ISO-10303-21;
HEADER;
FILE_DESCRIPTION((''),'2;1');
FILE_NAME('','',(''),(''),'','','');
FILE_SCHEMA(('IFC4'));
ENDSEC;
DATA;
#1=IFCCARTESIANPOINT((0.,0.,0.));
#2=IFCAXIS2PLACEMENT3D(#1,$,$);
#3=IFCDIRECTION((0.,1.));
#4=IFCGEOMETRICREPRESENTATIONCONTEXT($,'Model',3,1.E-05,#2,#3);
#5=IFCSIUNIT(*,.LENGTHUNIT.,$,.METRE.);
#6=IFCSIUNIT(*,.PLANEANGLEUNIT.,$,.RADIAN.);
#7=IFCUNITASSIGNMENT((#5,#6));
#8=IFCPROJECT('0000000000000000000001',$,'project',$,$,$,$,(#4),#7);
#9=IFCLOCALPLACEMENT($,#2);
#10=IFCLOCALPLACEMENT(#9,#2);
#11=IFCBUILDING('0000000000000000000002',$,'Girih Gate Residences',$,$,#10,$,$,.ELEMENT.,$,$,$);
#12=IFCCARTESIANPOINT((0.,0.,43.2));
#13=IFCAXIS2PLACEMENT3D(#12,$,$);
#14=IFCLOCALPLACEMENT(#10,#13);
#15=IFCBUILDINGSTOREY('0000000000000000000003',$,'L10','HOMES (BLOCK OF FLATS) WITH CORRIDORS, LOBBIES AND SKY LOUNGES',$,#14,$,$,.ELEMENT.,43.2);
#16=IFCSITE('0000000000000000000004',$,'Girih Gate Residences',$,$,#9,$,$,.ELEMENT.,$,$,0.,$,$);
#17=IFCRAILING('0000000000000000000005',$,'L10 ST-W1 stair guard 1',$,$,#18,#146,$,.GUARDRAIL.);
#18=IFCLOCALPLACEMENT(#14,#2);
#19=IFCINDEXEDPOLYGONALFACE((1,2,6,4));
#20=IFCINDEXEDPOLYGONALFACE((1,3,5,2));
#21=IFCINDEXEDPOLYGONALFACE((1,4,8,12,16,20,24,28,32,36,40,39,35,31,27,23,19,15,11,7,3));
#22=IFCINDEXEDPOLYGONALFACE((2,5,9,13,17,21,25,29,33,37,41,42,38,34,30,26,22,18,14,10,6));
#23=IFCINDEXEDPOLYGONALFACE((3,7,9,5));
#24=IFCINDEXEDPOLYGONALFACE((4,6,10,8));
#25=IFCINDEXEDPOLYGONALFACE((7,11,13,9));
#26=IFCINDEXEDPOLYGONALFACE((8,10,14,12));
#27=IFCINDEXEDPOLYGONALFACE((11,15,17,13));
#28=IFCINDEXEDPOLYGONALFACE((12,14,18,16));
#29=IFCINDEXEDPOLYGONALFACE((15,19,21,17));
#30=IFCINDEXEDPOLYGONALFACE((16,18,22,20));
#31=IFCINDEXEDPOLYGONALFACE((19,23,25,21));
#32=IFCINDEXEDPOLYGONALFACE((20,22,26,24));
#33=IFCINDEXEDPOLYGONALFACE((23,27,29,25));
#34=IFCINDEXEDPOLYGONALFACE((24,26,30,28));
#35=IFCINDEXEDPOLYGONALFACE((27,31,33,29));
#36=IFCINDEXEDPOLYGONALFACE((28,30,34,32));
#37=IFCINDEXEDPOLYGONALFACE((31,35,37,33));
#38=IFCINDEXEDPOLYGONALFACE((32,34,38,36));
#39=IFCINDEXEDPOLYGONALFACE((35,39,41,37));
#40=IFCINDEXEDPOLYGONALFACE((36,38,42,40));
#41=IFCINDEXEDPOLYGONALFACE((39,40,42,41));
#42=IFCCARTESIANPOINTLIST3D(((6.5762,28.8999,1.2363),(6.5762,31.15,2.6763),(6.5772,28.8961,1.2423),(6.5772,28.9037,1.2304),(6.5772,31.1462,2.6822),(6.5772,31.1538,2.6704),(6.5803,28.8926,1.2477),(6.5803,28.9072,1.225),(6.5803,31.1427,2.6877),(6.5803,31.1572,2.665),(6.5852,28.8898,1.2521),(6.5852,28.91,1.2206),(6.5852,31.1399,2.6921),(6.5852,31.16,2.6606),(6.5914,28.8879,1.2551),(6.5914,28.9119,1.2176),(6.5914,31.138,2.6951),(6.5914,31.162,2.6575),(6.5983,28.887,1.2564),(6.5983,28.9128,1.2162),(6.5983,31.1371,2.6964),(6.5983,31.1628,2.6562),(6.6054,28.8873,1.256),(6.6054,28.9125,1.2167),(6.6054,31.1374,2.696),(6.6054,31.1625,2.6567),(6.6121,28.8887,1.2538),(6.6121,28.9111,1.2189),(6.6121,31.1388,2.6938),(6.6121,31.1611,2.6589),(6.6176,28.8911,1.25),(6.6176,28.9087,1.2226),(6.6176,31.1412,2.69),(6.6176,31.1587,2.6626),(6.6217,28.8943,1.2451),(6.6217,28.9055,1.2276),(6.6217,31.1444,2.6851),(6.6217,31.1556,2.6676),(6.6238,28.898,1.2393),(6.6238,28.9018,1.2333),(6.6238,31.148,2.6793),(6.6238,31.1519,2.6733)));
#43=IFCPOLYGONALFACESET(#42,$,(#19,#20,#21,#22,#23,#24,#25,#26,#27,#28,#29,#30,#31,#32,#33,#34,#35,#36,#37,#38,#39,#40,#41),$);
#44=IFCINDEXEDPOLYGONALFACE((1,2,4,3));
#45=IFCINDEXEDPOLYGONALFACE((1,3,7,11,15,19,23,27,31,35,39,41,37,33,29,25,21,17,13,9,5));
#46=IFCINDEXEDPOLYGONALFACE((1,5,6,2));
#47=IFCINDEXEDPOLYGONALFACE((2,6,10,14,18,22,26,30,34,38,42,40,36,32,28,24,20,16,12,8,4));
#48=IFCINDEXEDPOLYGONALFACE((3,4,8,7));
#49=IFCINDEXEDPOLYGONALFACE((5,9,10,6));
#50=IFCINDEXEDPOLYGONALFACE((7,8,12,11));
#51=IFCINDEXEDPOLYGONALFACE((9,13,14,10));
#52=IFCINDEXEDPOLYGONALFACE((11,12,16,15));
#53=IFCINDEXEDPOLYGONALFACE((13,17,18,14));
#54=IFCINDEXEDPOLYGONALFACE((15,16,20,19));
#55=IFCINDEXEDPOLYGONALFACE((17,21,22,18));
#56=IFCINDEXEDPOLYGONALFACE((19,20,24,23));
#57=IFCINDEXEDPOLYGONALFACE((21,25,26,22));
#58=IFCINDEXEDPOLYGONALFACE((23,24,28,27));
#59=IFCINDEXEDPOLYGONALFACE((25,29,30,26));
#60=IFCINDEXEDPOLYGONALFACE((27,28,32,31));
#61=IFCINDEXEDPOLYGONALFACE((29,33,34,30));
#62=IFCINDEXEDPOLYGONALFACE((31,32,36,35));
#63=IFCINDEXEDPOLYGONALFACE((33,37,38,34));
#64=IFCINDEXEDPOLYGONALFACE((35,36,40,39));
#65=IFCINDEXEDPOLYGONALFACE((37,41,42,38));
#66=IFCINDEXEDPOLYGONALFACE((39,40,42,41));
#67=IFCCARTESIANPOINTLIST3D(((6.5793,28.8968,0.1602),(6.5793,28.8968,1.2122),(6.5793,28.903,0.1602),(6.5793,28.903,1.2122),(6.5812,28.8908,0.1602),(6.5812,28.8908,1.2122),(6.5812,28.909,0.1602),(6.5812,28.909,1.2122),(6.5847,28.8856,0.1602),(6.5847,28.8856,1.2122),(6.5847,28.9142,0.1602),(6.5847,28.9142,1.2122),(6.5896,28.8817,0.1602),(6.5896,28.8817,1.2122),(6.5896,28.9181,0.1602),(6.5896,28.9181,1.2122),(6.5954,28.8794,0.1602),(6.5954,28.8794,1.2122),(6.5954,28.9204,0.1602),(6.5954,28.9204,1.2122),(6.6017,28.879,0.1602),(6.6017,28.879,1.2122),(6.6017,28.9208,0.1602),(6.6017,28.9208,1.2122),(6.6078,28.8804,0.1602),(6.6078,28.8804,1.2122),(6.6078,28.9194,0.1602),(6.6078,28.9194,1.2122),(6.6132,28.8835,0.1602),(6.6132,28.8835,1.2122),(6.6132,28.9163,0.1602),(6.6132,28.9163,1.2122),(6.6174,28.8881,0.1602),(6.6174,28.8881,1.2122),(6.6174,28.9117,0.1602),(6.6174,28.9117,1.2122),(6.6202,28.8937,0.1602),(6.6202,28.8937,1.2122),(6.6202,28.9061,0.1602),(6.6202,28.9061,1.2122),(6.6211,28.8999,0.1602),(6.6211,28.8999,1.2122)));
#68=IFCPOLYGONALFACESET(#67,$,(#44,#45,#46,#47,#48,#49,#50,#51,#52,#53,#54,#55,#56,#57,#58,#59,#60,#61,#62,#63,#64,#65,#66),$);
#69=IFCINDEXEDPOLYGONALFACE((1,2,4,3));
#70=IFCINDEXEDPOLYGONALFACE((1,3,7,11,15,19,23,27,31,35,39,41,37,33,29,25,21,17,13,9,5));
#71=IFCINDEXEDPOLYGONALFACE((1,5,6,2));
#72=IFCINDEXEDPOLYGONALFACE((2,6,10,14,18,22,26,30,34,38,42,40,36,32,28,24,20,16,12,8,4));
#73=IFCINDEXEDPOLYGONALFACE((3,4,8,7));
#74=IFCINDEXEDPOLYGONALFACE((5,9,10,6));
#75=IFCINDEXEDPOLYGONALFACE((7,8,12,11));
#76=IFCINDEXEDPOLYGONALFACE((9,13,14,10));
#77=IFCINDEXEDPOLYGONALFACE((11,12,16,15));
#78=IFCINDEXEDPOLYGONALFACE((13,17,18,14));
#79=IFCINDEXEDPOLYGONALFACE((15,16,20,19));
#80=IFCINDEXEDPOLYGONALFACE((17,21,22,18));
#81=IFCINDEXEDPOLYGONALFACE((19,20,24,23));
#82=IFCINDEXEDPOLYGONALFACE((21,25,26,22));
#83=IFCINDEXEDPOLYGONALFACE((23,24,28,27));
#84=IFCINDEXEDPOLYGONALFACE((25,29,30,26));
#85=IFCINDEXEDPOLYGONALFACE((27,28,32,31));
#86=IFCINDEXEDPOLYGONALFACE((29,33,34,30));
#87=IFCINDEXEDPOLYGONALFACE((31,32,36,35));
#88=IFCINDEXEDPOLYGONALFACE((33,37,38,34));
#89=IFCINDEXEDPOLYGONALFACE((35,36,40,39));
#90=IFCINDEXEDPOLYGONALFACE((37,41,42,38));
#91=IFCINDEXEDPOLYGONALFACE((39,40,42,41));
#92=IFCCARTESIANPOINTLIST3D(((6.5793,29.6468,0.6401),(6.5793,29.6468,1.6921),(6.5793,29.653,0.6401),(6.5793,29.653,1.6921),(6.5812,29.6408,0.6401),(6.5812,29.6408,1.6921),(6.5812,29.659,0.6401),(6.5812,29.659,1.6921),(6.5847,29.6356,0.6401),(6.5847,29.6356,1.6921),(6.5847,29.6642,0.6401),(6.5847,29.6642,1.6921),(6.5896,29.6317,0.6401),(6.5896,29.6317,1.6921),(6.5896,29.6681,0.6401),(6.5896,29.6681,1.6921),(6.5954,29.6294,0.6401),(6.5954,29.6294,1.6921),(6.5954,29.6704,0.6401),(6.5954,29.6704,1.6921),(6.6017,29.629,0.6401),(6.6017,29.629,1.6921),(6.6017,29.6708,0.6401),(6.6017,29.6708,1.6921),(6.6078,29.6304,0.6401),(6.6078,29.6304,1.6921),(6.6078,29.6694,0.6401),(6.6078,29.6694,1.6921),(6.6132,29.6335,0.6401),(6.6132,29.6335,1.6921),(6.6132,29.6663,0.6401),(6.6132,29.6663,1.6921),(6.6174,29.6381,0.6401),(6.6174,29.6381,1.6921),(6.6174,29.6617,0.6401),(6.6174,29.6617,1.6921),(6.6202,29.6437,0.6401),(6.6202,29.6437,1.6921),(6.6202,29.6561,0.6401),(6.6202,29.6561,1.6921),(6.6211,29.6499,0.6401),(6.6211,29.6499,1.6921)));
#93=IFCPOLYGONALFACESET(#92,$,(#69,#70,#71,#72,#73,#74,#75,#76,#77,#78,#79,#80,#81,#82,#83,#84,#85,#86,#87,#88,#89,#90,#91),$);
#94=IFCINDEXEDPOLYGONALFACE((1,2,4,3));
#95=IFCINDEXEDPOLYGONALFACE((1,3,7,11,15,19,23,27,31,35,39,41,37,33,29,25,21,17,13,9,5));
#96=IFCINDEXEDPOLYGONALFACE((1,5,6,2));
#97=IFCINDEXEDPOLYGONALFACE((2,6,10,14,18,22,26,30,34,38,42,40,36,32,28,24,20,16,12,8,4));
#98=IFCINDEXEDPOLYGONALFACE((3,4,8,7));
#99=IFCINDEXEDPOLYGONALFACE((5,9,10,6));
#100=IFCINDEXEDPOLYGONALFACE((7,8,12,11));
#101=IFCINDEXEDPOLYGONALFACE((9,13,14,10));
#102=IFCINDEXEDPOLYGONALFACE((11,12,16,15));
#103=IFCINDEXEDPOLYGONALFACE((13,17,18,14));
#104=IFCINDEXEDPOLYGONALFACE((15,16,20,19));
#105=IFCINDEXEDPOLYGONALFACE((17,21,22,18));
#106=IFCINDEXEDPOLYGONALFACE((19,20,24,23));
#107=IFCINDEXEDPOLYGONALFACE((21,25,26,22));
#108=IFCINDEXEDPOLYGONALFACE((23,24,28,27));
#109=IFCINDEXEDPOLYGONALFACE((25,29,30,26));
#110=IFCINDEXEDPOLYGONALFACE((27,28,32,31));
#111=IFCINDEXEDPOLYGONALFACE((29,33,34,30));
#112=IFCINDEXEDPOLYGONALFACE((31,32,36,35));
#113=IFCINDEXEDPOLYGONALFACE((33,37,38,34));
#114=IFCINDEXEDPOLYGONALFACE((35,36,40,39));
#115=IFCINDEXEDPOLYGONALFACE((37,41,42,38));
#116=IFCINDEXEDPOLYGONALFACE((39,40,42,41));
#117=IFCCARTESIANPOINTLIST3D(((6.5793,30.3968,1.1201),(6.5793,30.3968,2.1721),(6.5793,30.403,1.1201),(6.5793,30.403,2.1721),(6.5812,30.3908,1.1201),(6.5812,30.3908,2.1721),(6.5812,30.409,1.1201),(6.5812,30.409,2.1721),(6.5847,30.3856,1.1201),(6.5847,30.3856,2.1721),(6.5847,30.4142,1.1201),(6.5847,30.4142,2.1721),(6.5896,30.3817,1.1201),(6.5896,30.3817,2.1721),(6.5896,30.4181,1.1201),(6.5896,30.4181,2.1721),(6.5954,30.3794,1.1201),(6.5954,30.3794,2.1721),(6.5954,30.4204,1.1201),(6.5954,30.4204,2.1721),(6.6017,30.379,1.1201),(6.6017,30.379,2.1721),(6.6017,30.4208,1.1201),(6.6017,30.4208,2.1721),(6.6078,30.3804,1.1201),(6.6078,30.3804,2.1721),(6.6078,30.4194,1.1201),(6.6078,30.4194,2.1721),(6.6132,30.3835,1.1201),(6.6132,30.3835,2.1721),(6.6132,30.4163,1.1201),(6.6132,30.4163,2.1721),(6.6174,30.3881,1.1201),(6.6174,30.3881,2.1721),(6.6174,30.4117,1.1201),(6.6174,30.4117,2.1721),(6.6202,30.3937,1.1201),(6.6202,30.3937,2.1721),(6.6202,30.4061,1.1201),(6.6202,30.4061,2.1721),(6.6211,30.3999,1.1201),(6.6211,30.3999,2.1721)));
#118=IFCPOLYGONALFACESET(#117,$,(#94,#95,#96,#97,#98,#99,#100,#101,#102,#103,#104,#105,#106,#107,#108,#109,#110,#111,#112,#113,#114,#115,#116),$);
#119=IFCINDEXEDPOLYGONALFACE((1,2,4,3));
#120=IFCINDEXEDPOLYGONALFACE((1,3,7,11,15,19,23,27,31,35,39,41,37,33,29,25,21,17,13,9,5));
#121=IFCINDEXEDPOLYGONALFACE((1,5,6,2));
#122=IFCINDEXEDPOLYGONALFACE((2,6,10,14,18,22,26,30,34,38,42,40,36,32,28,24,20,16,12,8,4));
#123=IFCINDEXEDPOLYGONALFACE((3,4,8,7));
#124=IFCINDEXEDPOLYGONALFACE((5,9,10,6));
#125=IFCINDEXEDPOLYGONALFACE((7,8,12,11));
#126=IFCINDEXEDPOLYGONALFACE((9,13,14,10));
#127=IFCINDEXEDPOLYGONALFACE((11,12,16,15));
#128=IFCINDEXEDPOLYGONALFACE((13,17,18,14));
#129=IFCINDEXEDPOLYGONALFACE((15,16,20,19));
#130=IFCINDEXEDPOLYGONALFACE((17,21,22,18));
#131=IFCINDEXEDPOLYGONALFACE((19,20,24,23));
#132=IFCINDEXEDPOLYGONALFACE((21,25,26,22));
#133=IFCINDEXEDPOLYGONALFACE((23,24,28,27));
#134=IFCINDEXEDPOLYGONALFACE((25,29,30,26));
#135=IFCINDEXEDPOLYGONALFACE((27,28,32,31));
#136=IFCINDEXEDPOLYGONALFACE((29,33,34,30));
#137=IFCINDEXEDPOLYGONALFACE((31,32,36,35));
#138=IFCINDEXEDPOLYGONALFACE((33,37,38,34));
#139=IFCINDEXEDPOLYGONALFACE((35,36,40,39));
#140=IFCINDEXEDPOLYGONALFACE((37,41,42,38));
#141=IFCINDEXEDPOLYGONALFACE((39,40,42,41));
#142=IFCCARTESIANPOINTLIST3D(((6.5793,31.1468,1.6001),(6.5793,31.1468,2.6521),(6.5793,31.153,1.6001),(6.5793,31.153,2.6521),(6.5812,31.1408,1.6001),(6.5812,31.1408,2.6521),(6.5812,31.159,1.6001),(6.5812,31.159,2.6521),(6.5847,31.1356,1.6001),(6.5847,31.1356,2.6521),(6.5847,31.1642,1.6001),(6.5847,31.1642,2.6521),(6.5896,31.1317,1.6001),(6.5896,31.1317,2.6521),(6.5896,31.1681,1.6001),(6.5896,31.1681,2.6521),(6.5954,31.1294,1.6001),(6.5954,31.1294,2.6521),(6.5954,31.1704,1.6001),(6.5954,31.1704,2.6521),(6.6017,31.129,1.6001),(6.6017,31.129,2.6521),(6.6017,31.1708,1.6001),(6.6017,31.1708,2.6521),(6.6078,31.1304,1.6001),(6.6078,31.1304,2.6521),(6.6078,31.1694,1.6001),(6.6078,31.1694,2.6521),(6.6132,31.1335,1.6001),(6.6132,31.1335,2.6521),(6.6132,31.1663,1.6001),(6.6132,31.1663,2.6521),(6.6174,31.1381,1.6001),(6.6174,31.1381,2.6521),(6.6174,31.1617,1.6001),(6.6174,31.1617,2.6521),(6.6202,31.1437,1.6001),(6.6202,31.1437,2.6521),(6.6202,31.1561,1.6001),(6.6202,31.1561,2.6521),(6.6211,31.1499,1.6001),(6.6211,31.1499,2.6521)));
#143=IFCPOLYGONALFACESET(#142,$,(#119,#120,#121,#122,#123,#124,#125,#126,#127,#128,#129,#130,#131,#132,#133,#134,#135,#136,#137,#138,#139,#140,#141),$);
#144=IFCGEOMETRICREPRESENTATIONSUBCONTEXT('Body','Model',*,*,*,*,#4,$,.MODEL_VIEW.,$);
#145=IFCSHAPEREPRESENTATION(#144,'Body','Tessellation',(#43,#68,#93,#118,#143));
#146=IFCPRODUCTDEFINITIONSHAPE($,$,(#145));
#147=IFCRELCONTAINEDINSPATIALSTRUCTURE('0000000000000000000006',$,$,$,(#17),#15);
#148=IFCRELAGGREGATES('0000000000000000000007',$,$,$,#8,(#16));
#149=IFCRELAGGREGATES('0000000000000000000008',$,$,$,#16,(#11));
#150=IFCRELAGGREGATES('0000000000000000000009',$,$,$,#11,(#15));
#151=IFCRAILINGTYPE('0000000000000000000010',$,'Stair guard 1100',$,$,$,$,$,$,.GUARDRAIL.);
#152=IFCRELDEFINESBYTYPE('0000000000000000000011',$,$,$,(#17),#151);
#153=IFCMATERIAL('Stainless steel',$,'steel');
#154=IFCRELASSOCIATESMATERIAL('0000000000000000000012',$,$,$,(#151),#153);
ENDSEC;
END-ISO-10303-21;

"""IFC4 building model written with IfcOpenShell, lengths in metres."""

from ifc_helpers import new_model, si_unit, direction, frame, origin, origin_2d, place, context, subcontext, project, spatial, circle, extrude, material, type_object, element, save


model = new_model("IFC4")

# Units and contexts
model_context = context("Model", 3, precision=1e-05, world=origin(), true_north=direction((0.0, 1.0)))
body_context = subcontext(model_context, "Body", "Model", "MODEL_VIEW")
ifc_project = project(units=[si_unit("LENGTHUNIT", "METRE"), si_unit("PLANEANGLEUNIT", "RADIAN")], contexts=[model_context])

# Site, building, storey
site_placement = place(None, origin())
site = spatial("IfcSite", under=ifc_project, at=site_placement, Name="Girih Gate Residences", CompositionType="ELEMENT", RefElevation=0.0)
building_placement = place(site_placement, origin())
building = spatial("IfcBuilding", under=site, at=building_placement, Name="Girih Gate Residences", CompositionType="ELEMENT")
storey_placement = place(building_placement, frame((0.0, 0.0, 43.2)))
storey = spatial("IfcBuildingStorey", under=building, at=storey_placement, Name="L10", Description="HOMES (BLOCK OF FLATS) WITH CORRIDORS, LOBBIES AND SKY LOUNGES", CompositionType="ELEMENT", Elevation=43.2)

# Railing
ifc_material_1 = material(Name="Stainless steel", Category="steel")
railing_type_1 = type_object("IfcRailingType", Name="Stair guard 1100", PredefinedType="GUARDRAIL", material=ifc_material_1)
railing_1_placement = place(storey_placement, frame((6.6001, 28.8999, 0.1602)))
element("IfcRailing", 1, at=railing_1_placement, inside=storey, type_object=railing_type_1, Name="L10 ST-W1 stair guard 1", PredefinedType="GUARDRAIL", context=body_context, shape_type="SweptSolid", body=[
    extrude(circle(Radius=0.0239, at=origin_2d()), frame((0.0, 0.0, 1.0762), z_axis=(0.0, 0.842281, 0.539038), x_axis=(-1.0, 0.0, 0.0)), (0.0, 0.0, 1.0), 2.6714),
    extrude(circle(Radius=0.021, at=origin_2d()), origin(), (0.0, 0.0, 1.0), 1.052),
    extrude(circle(Radius=0.021, at=origin_2d()), frame((0.0, 0.75, 0.48)), (0.0, 0.0, 1.0), 1.052),
    extrude(circle(Radius=0.021, at=origin_2d()), frame((0.0, 1.5, 0.96)), (0.0, 0.0, 1.0), 1.052),
    extrude(circle(Radius=0.021, at=origin_2d()), frame((0.0, 2.25, 1.4399)), (0.0, 0.0, 1.0), 1.052),
])

save(model, "model.ifc")
